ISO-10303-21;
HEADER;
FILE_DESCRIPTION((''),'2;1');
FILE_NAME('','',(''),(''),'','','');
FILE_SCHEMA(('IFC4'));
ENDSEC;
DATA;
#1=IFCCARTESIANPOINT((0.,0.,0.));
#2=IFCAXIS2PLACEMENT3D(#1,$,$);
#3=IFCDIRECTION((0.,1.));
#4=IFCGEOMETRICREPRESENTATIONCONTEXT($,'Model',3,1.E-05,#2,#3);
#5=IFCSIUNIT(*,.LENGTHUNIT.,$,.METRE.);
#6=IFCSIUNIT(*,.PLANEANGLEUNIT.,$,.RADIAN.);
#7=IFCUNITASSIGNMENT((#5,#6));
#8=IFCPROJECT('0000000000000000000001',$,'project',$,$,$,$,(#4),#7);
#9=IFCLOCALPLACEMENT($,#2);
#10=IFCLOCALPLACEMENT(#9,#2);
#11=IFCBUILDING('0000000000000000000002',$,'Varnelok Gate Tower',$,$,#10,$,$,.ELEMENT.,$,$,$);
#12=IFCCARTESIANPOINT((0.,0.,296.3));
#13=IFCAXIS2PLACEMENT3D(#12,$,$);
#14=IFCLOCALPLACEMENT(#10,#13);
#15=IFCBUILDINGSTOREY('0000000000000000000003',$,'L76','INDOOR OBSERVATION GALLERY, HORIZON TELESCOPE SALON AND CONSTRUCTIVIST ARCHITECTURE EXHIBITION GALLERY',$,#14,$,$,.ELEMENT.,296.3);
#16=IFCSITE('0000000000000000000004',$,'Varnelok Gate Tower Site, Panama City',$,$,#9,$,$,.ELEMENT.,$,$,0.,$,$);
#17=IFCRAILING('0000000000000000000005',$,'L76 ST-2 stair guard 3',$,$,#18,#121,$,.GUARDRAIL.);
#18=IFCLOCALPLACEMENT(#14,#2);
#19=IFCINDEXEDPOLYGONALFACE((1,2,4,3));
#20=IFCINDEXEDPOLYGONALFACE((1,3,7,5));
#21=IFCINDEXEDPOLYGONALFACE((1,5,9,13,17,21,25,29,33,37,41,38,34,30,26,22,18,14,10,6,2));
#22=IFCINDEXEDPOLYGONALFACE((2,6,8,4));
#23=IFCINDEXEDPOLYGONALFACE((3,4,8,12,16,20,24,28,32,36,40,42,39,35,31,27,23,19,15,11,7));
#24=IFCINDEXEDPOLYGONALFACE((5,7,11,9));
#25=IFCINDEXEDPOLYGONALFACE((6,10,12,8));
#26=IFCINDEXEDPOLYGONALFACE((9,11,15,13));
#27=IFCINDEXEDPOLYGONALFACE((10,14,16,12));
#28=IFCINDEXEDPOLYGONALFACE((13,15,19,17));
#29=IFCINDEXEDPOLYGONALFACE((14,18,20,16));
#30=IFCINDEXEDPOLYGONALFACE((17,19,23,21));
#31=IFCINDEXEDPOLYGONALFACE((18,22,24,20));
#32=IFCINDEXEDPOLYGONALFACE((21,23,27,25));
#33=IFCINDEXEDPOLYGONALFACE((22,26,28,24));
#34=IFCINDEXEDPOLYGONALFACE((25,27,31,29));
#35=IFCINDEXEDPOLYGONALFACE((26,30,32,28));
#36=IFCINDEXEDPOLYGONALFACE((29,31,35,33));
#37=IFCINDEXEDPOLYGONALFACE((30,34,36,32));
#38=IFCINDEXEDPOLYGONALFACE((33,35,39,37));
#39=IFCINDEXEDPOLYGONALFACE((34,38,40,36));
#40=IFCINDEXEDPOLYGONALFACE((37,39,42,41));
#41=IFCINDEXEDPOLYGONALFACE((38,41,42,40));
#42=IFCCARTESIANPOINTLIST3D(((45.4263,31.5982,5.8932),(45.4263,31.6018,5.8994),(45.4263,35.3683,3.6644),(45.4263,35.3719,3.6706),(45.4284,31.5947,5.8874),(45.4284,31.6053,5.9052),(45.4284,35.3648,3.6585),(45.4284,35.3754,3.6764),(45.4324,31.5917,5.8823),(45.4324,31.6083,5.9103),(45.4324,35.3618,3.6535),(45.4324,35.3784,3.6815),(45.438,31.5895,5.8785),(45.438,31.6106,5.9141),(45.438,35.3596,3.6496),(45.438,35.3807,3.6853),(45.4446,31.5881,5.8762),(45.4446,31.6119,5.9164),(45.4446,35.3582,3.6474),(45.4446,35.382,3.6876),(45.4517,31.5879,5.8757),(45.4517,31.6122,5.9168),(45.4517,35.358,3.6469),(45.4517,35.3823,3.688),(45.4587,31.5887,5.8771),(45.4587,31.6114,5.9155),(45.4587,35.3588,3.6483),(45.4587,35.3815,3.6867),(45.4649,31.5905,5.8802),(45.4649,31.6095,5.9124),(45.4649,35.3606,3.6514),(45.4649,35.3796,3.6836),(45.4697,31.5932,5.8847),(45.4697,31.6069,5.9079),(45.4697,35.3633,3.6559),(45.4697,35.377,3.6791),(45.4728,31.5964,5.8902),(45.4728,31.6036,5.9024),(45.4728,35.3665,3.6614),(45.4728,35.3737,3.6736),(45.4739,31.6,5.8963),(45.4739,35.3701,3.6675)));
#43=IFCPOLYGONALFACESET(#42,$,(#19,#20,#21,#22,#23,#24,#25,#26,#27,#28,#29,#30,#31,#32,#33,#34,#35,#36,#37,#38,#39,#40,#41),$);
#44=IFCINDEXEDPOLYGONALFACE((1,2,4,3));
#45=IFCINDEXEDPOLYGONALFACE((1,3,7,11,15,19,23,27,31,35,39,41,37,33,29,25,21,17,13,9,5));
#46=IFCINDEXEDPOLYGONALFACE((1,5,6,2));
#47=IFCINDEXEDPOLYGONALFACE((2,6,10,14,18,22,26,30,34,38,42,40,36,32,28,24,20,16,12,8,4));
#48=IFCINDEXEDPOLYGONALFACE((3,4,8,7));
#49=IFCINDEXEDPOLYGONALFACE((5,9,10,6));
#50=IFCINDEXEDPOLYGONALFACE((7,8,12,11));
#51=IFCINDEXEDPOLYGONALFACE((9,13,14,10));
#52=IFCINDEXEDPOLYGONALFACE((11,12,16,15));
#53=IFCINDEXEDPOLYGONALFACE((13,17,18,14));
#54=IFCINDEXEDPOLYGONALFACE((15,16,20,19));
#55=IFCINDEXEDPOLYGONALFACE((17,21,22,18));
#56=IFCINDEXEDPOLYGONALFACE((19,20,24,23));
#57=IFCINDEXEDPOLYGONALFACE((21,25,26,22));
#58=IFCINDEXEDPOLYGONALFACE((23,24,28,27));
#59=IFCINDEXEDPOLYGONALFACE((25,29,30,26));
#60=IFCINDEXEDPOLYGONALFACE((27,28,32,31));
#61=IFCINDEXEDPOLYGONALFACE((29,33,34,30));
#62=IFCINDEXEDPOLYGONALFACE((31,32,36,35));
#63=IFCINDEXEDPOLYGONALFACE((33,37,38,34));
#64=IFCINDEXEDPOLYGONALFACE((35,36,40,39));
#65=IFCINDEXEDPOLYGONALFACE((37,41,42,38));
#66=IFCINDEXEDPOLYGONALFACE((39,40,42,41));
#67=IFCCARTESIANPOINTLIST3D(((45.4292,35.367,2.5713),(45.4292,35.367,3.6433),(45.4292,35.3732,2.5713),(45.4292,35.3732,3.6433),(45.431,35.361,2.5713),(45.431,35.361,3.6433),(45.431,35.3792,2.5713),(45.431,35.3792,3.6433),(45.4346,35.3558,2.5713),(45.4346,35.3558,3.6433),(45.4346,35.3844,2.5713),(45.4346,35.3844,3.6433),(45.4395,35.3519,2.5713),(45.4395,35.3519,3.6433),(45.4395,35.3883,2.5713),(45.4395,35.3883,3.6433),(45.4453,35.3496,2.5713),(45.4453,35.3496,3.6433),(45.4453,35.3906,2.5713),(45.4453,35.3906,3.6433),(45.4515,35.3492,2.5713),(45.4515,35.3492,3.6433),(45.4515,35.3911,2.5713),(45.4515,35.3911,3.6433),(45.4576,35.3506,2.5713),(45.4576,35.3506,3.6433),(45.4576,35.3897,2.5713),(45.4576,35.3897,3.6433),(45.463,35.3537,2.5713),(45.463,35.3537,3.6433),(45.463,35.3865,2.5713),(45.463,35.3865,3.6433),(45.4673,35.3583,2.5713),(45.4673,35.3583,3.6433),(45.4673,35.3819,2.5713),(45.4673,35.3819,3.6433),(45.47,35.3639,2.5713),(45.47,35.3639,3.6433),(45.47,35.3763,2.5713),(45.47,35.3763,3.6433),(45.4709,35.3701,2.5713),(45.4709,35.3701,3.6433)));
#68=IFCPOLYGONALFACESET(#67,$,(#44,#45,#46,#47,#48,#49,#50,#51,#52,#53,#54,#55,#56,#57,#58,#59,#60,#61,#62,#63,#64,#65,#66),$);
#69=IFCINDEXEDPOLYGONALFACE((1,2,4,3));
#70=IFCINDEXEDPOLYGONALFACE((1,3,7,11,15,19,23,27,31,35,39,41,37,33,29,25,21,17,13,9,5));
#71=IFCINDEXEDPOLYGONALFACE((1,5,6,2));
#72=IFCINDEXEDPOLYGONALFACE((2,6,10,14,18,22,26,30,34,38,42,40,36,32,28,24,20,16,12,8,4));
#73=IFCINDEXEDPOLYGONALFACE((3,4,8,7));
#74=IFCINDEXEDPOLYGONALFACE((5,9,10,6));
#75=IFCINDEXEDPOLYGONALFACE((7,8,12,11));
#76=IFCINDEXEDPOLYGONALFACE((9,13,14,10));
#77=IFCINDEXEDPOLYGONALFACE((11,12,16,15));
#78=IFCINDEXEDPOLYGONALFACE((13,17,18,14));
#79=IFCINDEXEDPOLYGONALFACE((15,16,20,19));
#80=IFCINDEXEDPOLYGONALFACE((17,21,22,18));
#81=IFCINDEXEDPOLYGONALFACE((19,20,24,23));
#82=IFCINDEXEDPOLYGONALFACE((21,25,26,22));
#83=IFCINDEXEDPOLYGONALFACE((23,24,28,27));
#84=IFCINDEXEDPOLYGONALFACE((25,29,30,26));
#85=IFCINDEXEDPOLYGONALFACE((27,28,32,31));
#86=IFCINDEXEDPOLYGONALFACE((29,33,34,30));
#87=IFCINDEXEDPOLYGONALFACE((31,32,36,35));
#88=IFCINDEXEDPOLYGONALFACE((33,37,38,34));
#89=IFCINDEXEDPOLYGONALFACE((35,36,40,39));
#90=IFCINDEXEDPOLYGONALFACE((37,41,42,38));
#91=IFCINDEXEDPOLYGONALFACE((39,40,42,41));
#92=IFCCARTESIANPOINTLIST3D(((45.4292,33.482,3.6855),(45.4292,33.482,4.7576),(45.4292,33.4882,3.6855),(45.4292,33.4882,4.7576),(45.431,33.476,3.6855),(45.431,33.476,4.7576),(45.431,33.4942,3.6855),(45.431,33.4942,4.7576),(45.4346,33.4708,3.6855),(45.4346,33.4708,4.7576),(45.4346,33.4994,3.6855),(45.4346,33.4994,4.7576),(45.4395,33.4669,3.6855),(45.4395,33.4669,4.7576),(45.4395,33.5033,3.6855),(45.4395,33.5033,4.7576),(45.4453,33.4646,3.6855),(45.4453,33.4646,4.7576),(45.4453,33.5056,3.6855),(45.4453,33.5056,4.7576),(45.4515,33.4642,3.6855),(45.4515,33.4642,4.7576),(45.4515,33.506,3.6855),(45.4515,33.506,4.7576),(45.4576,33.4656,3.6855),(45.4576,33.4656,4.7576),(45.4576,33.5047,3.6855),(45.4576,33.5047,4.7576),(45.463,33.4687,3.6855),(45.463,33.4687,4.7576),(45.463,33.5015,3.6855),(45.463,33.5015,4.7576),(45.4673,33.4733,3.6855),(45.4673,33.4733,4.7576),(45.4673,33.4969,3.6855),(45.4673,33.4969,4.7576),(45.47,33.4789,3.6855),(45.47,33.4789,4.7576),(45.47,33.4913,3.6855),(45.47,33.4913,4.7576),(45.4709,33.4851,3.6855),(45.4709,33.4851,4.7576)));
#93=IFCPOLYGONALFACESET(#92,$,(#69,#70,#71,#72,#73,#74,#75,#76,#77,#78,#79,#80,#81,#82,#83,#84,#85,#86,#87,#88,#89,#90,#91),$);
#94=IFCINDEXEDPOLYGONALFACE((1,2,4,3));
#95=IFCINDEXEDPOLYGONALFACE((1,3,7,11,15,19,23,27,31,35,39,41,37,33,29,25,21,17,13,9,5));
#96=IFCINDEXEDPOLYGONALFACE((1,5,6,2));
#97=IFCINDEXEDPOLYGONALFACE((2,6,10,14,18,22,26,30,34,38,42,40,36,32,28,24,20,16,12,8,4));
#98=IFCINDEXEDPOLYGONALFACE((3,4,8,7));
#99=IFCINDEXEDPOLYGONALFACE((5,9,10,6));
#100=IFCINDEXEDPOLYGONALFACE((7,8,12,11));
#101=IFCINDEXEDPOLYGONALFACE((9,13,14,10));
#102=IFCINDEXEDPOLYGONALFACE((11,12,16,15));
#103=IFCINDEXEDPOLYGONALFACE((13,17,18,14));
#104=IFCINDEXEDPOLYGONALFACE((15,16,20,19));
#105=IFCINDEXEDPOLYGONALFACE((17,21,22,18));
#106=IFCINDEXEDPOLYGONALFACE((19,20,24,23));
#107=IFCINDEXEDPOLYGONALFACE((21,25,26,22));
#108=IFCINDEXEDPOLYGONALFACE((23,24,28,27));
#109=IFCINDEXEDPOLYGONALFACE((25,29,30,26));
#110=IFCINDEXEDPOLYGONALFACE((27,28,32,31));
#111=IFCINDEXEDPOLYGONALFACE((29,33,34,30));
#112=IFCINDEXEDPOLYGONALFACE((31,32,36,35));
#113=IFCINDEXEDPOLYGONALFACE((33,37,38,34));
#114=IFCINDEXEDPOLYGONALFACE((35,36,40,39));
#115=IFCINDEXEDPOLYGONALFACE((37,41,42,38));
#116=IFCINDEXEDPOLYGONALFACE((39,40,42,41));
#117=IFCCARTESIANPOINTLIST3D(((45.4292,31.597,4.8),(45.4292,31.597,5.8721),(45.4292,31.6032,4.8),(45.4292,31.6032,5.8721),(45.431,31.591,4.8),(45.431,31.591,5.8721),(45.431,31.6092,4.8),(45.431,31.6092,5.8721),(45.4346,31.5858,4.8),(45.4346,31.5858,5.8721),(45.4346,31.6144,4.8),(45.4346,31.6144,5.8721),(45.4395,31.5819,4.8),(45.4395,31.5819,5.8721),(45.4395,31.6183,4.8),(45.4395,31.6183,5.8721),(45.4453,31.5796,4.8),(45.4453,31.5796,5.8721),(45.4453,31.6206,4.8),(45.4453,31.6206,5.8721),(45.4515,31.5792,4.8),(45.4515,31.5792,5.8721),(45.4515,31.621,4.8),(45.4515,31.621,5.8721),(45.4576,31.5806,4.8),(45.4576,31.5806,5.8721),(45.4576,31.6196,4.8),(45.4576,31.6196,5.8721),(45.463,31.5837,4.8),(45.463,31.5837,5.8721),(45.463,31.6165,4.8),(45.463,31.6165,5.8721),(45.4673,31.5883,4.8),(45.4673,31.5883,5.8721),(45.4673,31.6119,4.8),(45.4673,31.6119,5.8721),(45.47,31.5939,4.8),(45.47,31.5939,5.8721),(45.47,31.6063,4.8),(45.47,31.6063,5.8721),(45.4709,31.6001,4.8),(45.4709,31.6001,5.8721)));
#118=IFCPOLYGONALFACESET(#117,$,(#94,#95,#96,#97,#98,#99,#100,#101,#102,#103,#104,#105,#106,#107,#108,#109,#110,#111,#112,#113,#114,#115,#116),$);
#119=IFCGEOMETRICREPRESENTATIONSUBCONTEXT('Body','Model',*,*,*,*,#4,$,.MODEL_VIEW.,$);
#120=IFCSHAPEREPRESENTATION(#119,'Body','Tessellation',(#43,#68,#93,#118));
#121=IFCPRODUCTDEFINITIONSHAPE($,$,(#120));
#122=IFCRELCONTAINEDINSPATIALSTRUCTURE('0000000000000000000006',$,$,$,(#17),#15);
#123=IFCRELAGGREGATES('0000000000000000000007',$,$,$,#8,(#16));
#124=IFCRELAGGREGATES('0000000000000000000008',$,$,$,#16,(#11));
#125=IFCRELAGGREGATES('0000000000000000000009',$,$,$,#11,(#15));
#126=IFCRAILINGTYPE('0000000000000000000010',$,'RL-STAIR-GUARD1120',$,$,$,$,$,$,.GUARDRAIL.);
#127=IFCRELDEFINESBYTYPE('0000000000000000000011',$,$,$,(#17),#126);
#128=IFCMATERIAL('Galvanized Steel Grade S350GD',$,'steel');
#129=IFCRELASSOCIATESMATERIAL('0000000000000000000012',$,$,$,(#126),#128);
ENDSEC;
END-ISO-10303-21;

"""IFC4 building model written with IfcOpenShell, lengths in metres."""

from ifc_helpers import new_model, si_unit, direction, frame, origin, origin_2d, place, context, subcontext, project, spatial, circle, extrude, material, type_object, element, save


model = new_model("IFC4")

# Units and contexts
model_context = context("Model", 3, precision=1e-05, world=origin(), true_north=direction((0.0, 1.0)))
body_context = subcontext(model_context, "Body", "Model", "MODEL_VIEW")
ifc_project = project(units=[si_unit("LENGTHUNIT", "METRE"), si_unit("PLANEANGLEUNIT", "RADIAN")], contexts=[model_context])

# Site, building, storey
site_placement = place(None, origin())
site = spatial("IfcSite", under=ifc_project, at=site_placement, Name="Varnelok Gate Tower Site, Panama City", CompositionType="ELEMENT", RefElevation=0.0)
building_placement = place(site_placement, origin())
building = spatial("IfcBuilding", under=site, at=building_placement, Name="Varnelok Gate Tower", CompositionType="ELEMENT")
storey_placement = place(building_placement, frame((0.0, 0.0, 296.3)))
storey = spatial("IfcBuildingStorey", under=building, at=storey_placement, Name="L76", Description="INDOOR OBSERVATION GALLERY, HORIZON TELESCOPE SALON AND CONSTRUCTIVIST ARCHITECTURE EXHIBITION GALLERY", CompositionType="ELEMENT", Elevation=296.3)

# Shared definitions
ifc_material_1 = material(Name="Galvanized Steel Grade S350GD", Category="steel")

# Railing
railing_type = type_object("IfcRailingType", Name="RL-STAIR-GUARD1120", PredefinedType="GUARDRAIL", material=ifc_material_1)
railing_1_placement = place(storey_placement, frame((45.45, 35.3701, 2.5713)))
element("IfcRailing", 1, at=railing_1_placement, inside=storey, type_object=railing_type, Name="L76 ST-2 stair guard 3", PredefinedType="GUARDRAIL", context=body_context, shape_type="SweptSolid", body=[
    extrude(circle(Radius=0.0239, at=origin_2d()), frame((0.0, 0.0, 1.0962), z_axis=(0.0, -0.860824, 0.508902), x_axis=(1.0, 0.0, 0.0)), (0.0, 0.0, 1.0), 4.3796),
    extrude(circle(Radius=0.021, at=origin_2d()), origin(), (0.0, 0.0, 1.0), 1.072),
    extrude(circle(Radius=0.021, at=origin_2d()), frame((0.0, -1.885, 1.1143)), (0.0, 0.0, 1.0), 1.072),
    extrude(circle(Radius=0.021, at=origin_2d()), frame((0.0, -3.77, 2.2288)), (0.0, 0.0, 1.0), 1.072),
])

save(model, "model.ifc")
